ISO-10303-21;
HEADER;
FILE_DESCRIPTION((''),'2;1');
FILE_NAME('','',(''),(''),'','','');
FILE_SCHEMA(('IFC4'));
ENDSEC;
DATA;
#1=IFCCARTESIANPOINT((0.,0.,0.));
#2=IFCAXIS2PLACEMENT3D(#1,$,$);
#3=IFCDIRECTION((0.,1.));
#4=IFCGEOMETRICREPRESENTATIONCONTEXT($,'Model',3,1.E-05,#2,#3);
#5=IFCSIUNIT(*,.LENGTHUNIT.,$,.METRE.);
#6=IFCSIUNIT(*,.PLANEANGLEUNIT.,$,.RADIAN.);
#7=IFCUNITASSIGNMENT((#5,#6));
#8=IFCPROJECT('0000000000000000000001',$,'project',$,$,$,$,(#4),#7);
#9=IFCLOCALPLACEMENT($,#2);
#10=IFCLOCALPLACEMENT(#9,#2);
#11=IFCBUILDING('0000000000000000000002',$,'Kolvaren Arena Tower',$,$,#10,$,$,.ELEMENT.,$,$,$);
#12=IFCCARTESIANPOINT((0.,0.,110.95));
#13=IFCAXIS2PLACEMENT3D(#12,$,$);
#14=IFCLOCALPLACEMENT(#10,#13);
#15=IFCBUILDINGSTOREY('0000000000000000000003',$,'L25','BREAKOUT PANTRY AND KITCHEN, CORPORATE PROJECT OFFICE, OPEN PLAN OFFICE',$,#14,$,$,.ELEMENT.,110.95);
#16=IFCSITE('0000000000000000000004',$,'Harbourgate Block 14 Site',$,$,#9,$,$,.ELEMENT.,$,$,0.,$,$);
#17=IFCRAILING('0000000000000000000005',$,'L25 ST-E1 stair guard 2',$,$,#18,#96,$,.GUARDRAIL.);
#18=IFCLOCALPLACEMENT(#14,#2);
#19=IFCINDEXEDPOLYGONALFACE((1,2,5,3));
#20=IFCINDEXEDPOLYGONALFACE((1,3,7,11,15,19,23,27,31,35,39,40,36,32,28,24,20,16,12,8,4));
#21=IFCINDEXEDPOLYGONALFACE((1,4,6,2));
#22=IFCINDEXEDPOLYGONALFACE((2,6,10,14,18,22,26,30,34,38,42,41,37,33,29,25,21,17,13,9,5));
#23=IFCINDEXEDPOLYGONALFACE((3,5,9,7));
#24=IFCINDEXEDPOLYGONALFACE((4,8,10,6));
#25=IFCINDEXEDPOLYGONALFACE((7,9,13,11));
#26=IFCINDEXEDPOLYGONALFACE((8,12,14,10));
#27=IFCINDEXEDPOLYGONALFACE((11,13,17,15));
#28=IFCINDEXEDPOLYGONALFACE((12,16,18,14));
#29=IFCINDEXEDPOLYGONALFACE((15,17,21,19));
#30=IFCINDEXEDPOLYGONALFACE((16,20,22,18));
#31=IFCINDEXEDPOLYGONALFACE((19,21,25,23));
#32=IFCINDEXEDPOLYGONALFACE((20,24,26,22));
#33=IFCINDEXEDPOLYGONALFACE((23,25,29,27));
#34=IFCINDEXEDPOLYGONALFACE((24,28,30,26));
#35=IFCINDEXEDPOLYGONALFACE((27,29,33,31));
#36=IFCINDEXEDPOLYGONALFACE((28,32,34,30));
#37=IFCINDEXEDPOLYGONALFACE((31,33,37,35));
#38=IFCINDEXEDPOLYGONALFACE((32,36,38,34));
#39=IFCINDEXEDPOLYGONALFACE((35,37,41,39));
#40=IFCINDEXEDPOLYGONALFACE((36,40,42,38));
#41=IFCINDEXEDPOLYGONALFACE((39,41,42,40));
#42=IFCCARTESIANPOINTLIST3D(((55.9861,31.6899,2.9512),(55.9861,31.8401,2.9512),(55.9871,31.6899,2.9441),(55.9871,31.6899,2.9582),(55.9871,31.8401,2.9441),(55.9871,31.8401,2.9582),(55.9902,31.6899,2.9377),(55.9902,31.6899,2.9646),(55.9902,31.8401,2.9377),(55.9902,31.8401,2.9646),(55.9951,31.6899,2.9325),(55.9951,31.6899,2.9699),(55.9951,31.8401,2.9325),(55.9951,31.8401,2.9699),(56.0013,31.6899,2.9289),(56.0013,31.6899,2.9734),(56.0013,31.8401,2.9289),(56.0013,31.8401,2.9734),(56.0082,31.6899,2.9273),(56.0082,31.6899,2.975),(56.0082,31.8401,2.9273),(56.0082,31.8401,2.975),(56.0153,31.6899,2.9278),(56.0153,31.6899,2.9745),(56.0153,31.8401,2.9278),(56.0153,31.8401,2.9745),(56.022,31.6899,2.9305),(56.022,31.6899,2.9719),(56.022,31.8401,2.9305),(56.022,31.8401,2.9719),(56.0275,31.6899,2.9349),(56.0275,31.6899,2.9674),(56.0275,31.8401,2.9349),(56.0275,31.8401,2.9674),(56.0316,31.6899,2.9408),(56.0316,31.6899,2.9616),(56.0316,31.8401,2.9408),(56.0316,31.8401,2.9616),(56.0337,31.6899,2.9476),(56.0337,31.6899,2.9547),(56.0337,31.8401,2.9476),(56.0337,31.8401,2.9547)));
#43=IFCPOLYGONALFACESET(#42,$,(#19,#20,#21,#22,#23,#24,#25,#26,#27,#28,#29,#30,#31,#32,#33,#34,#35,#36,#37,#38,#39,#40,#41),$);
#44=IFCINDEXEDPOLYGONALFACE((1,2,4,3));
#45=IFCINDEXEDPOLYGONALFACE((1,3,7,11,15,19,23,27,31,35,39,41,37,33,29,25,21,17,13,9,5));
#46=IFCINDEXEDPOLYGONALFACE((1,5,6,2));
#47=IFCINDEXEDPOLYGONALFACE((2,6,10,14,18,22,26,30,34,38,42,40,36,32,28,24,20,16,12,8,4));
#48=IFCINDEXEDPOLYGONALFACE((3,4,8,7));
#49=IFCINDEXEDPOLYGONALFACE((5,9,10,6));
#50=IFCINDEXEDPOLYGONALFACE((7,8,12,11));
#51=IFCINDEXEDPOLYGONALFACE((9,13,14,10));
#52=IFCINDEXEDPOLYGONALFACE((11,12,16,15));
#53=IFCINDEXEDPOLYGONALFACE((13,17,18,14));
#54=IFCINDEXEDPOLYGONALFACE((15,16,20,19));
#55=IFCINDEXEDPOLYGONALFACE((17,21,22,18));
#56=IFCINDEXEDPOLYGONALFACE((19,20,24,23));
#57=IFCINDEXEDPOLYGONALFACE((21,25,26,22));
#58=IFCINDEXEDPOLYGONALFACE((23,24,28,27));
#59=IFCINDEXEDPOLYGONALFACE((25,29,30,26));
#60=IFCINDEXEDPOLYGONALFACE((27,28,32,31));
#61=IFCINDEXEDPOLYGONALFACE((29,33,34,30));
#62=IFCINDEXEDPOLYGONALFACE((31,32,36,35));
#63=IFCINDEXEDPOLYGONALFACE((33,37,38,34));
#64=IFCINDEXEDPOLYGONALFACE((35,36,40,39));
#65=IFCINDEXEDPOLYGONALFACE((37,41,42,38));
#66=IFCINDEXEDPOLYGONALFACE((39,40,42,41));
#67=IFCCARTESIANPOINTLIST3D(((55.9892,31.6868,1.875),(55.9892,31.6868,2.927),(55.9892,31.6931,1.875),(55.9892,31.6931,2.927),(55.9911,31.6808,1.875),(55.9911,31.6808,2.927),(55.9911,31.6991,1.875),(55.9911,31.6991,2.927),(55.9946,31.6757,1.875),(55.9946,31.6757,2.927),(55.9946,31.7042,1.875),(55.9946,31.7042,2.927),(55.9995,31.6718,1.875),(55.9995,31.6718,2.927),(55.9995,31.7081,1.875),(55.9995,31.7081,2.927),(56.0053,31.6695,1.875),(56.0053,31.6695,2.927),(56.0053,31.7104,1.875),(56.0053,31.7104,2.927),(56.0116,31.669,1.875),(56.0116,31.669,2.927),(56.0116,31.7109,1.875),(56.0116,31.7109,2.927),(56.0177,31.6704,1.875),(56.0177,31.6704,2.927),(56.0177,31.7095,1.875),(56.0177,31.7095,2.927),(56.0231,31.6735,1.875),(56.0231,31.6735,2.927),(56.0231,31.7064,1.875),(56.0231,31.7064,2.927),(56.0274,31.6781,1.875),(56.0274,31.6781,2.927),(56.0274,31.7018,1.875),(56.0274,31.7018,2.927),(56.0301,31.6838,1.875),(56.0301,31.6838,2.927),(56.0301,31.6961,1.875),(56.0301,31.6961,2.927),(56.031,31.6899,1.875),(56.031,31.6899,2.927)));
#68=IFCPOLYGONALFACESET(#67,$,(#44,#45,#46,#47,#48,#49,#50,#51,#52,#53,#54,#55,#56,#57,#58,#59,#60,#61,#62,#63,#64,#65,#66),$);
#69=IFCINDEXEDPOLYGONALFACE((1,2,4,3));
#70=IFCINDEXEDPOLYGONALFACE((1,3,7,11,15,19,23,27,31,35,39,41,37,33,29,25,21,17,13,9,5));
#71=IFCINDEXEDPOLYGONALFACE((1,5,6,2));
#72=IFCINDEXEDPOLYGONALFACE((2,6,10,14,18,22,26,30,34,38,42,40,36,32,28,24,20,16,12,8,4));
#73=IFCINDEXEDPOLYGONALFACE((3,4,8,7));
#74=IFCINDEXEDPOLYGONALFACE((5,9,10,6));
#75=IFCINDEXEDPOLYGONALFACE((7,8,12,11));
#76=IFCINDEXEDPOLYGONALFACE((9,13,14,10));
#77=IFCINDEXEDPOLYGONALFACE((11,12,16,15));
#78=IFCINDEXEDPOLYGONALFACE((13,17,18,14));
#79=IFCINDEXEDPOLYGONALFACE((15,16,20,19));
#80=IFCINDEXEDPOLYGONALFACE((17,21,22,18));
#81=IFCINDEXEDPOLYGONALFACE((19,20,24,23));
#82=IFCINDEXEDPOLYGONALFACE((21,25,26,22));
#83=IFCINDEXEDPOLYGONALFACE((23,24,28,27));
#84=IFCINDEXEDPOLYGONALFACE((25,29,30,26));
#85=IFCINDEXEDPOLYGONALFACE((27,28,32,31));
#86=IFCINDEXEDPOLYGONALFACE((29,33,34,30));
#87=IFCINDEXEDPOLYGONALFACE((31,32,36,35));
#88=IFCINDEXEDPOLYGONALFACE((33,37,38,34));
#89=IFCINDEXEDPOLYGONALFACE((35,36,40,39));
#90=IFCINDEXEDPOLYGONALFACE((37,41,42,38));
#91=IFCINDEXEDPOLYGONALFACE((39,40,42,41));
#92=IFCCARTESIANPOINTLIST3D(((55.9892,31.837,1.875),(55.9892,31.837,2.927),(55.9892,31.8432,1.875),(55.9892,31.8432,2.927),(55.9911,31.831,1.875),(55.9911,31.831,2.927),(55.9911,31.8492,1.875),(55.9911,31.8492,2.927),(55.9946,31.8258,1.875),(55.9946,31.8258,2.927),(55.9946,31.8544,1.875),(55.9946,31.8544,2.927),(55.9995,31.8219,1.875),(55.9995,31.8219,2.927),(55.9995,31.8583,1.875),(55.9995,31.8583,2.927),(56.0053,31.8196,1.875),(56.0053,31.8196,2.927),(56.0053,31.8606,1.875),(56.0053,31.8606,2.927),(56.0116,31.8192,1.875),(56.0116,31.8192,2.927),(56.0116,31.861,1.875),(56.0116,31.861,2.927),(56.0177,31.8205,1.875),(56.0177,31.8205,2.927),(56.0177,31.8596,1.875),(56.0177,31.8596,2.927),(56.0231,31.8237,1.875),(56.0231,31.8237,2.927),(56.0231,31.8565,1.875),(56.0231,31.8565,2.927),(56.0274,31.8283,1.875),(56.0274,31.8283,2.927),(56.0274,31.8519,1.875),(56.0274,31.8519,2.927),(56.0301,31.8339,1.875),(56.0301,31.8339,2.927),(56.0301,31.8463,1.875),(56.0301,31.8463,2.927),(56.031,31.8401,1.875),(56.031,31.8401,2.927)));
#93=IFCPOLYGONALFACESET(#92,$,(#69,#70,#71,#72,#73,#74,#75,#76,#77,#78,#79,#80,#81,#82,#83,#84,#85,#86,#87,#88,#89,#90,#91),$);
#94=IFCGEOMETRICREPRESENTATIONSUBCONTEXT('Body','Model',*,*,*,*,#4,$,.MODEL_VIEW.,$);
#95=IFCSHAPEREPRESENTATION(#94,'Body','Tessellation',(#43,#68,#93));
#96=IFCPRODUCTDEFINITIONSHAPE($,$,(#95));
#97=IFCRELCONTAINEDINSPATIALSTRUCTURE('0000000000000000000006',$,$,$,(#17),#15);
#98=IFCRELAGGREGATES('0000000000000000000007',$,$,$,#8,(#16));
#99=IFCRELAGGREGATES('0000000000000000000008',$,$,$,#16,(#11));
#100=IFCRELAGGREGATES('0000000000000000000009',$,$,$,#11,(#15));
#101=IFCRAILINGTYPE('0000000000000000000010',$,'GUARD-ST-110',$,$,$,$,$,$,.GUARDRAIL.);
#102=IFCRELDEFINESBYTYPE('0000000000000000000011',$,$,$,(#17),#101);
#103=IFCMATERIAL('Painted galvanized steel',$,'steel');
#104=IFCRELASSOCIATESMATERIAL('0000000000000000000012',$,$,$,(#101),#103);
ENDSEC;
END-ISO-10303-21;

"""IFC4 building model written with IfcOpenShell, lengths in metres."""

from ifc_helpers import new_model, si_unit, direction, frame, origin, origin_2d, place, context, subcontext, project, spatial, circle, extrude, material, type_object, element, save


model = new_model("IFC4")

# Units and contexts
model_context = context("Model", 3, precision=1e-05, world=origin(), true_north=direction((0.0, 1.0)))
body_context = subcontext(model_context, "Body", "Model", "MODEL_VIEW")
ifc_project = project(units=[si_unit("LENGTHUNIT", "METRE"), si_unit("PLANEANGLEUNIT", "RADIAN")], contexts=[model_context])

# Site, building, storey
site_placement = place(None, origin())
site = spatial("IfcSite", under=ifc_project, at=site_placement, Name="Harbourgate Block 14 Site", CompositionType="ELEMENT", RefElevation=0.0)
building_placement = place(site_placement, origin())
building = spatial("IfcBuilding", under=site, at=building_placement, Name="Kolvaren Arena Tower", CompositionType="ELEMENT")
storey_placement = place(building_placement, frame((0.0, 0.0, 110.95)))
storey = spatial("IfcBuildingStorey", under=building, at=storey_placement, Name="L25", Description="BREAKOUT PANTRY AND KITCHEN, CORPORATE PROJECT OFFICE, OPEN PLAN OFFICE", CompositionType="ELEMENT", Elevation=110.95)

# Railing
ifc_material_1 = material(Name="Painted galvanized steel", Category="steel")
railing_type_1 = type_object("IfcRailingType", Name="GUARD-ST-110", PredefinedType="GUARDRAIL", material=ifc_material_1)
railing_1_placement = place(storey_placement, frame((56.01, 31.6899, 1.875)))
element("IfcRailing", 1, at=railing_1_placement, inside=storey, type_object=railing_type_1, Name="L25 ST-E1 stair guard 2", PredefinedType="GUARDRAIL", context=body_context, shape_type="SweptSolid", body=[
    extrude(circle(Radius=0.0239, at=origin_2d()), frame((0.0, 0.0, 1.0762), z_axis=(0.0, 1.0, 0.0), x_axis=(-1.0, 0.0, 0.0)), (0.0, 0.0, 1.0), 0.1501),
    extrude(circle(Radius=0.021, at=origin_2d()), origin(), (0.0, 0.0, 1.0), 1.052),
    extrude(circle(Radius=0.021, at=origin_2d()), frame((0.0, 0.1501, 0.0)), (0.0, 0.0, 1.0), 1.052),
])

save(model, "model.ifc")
